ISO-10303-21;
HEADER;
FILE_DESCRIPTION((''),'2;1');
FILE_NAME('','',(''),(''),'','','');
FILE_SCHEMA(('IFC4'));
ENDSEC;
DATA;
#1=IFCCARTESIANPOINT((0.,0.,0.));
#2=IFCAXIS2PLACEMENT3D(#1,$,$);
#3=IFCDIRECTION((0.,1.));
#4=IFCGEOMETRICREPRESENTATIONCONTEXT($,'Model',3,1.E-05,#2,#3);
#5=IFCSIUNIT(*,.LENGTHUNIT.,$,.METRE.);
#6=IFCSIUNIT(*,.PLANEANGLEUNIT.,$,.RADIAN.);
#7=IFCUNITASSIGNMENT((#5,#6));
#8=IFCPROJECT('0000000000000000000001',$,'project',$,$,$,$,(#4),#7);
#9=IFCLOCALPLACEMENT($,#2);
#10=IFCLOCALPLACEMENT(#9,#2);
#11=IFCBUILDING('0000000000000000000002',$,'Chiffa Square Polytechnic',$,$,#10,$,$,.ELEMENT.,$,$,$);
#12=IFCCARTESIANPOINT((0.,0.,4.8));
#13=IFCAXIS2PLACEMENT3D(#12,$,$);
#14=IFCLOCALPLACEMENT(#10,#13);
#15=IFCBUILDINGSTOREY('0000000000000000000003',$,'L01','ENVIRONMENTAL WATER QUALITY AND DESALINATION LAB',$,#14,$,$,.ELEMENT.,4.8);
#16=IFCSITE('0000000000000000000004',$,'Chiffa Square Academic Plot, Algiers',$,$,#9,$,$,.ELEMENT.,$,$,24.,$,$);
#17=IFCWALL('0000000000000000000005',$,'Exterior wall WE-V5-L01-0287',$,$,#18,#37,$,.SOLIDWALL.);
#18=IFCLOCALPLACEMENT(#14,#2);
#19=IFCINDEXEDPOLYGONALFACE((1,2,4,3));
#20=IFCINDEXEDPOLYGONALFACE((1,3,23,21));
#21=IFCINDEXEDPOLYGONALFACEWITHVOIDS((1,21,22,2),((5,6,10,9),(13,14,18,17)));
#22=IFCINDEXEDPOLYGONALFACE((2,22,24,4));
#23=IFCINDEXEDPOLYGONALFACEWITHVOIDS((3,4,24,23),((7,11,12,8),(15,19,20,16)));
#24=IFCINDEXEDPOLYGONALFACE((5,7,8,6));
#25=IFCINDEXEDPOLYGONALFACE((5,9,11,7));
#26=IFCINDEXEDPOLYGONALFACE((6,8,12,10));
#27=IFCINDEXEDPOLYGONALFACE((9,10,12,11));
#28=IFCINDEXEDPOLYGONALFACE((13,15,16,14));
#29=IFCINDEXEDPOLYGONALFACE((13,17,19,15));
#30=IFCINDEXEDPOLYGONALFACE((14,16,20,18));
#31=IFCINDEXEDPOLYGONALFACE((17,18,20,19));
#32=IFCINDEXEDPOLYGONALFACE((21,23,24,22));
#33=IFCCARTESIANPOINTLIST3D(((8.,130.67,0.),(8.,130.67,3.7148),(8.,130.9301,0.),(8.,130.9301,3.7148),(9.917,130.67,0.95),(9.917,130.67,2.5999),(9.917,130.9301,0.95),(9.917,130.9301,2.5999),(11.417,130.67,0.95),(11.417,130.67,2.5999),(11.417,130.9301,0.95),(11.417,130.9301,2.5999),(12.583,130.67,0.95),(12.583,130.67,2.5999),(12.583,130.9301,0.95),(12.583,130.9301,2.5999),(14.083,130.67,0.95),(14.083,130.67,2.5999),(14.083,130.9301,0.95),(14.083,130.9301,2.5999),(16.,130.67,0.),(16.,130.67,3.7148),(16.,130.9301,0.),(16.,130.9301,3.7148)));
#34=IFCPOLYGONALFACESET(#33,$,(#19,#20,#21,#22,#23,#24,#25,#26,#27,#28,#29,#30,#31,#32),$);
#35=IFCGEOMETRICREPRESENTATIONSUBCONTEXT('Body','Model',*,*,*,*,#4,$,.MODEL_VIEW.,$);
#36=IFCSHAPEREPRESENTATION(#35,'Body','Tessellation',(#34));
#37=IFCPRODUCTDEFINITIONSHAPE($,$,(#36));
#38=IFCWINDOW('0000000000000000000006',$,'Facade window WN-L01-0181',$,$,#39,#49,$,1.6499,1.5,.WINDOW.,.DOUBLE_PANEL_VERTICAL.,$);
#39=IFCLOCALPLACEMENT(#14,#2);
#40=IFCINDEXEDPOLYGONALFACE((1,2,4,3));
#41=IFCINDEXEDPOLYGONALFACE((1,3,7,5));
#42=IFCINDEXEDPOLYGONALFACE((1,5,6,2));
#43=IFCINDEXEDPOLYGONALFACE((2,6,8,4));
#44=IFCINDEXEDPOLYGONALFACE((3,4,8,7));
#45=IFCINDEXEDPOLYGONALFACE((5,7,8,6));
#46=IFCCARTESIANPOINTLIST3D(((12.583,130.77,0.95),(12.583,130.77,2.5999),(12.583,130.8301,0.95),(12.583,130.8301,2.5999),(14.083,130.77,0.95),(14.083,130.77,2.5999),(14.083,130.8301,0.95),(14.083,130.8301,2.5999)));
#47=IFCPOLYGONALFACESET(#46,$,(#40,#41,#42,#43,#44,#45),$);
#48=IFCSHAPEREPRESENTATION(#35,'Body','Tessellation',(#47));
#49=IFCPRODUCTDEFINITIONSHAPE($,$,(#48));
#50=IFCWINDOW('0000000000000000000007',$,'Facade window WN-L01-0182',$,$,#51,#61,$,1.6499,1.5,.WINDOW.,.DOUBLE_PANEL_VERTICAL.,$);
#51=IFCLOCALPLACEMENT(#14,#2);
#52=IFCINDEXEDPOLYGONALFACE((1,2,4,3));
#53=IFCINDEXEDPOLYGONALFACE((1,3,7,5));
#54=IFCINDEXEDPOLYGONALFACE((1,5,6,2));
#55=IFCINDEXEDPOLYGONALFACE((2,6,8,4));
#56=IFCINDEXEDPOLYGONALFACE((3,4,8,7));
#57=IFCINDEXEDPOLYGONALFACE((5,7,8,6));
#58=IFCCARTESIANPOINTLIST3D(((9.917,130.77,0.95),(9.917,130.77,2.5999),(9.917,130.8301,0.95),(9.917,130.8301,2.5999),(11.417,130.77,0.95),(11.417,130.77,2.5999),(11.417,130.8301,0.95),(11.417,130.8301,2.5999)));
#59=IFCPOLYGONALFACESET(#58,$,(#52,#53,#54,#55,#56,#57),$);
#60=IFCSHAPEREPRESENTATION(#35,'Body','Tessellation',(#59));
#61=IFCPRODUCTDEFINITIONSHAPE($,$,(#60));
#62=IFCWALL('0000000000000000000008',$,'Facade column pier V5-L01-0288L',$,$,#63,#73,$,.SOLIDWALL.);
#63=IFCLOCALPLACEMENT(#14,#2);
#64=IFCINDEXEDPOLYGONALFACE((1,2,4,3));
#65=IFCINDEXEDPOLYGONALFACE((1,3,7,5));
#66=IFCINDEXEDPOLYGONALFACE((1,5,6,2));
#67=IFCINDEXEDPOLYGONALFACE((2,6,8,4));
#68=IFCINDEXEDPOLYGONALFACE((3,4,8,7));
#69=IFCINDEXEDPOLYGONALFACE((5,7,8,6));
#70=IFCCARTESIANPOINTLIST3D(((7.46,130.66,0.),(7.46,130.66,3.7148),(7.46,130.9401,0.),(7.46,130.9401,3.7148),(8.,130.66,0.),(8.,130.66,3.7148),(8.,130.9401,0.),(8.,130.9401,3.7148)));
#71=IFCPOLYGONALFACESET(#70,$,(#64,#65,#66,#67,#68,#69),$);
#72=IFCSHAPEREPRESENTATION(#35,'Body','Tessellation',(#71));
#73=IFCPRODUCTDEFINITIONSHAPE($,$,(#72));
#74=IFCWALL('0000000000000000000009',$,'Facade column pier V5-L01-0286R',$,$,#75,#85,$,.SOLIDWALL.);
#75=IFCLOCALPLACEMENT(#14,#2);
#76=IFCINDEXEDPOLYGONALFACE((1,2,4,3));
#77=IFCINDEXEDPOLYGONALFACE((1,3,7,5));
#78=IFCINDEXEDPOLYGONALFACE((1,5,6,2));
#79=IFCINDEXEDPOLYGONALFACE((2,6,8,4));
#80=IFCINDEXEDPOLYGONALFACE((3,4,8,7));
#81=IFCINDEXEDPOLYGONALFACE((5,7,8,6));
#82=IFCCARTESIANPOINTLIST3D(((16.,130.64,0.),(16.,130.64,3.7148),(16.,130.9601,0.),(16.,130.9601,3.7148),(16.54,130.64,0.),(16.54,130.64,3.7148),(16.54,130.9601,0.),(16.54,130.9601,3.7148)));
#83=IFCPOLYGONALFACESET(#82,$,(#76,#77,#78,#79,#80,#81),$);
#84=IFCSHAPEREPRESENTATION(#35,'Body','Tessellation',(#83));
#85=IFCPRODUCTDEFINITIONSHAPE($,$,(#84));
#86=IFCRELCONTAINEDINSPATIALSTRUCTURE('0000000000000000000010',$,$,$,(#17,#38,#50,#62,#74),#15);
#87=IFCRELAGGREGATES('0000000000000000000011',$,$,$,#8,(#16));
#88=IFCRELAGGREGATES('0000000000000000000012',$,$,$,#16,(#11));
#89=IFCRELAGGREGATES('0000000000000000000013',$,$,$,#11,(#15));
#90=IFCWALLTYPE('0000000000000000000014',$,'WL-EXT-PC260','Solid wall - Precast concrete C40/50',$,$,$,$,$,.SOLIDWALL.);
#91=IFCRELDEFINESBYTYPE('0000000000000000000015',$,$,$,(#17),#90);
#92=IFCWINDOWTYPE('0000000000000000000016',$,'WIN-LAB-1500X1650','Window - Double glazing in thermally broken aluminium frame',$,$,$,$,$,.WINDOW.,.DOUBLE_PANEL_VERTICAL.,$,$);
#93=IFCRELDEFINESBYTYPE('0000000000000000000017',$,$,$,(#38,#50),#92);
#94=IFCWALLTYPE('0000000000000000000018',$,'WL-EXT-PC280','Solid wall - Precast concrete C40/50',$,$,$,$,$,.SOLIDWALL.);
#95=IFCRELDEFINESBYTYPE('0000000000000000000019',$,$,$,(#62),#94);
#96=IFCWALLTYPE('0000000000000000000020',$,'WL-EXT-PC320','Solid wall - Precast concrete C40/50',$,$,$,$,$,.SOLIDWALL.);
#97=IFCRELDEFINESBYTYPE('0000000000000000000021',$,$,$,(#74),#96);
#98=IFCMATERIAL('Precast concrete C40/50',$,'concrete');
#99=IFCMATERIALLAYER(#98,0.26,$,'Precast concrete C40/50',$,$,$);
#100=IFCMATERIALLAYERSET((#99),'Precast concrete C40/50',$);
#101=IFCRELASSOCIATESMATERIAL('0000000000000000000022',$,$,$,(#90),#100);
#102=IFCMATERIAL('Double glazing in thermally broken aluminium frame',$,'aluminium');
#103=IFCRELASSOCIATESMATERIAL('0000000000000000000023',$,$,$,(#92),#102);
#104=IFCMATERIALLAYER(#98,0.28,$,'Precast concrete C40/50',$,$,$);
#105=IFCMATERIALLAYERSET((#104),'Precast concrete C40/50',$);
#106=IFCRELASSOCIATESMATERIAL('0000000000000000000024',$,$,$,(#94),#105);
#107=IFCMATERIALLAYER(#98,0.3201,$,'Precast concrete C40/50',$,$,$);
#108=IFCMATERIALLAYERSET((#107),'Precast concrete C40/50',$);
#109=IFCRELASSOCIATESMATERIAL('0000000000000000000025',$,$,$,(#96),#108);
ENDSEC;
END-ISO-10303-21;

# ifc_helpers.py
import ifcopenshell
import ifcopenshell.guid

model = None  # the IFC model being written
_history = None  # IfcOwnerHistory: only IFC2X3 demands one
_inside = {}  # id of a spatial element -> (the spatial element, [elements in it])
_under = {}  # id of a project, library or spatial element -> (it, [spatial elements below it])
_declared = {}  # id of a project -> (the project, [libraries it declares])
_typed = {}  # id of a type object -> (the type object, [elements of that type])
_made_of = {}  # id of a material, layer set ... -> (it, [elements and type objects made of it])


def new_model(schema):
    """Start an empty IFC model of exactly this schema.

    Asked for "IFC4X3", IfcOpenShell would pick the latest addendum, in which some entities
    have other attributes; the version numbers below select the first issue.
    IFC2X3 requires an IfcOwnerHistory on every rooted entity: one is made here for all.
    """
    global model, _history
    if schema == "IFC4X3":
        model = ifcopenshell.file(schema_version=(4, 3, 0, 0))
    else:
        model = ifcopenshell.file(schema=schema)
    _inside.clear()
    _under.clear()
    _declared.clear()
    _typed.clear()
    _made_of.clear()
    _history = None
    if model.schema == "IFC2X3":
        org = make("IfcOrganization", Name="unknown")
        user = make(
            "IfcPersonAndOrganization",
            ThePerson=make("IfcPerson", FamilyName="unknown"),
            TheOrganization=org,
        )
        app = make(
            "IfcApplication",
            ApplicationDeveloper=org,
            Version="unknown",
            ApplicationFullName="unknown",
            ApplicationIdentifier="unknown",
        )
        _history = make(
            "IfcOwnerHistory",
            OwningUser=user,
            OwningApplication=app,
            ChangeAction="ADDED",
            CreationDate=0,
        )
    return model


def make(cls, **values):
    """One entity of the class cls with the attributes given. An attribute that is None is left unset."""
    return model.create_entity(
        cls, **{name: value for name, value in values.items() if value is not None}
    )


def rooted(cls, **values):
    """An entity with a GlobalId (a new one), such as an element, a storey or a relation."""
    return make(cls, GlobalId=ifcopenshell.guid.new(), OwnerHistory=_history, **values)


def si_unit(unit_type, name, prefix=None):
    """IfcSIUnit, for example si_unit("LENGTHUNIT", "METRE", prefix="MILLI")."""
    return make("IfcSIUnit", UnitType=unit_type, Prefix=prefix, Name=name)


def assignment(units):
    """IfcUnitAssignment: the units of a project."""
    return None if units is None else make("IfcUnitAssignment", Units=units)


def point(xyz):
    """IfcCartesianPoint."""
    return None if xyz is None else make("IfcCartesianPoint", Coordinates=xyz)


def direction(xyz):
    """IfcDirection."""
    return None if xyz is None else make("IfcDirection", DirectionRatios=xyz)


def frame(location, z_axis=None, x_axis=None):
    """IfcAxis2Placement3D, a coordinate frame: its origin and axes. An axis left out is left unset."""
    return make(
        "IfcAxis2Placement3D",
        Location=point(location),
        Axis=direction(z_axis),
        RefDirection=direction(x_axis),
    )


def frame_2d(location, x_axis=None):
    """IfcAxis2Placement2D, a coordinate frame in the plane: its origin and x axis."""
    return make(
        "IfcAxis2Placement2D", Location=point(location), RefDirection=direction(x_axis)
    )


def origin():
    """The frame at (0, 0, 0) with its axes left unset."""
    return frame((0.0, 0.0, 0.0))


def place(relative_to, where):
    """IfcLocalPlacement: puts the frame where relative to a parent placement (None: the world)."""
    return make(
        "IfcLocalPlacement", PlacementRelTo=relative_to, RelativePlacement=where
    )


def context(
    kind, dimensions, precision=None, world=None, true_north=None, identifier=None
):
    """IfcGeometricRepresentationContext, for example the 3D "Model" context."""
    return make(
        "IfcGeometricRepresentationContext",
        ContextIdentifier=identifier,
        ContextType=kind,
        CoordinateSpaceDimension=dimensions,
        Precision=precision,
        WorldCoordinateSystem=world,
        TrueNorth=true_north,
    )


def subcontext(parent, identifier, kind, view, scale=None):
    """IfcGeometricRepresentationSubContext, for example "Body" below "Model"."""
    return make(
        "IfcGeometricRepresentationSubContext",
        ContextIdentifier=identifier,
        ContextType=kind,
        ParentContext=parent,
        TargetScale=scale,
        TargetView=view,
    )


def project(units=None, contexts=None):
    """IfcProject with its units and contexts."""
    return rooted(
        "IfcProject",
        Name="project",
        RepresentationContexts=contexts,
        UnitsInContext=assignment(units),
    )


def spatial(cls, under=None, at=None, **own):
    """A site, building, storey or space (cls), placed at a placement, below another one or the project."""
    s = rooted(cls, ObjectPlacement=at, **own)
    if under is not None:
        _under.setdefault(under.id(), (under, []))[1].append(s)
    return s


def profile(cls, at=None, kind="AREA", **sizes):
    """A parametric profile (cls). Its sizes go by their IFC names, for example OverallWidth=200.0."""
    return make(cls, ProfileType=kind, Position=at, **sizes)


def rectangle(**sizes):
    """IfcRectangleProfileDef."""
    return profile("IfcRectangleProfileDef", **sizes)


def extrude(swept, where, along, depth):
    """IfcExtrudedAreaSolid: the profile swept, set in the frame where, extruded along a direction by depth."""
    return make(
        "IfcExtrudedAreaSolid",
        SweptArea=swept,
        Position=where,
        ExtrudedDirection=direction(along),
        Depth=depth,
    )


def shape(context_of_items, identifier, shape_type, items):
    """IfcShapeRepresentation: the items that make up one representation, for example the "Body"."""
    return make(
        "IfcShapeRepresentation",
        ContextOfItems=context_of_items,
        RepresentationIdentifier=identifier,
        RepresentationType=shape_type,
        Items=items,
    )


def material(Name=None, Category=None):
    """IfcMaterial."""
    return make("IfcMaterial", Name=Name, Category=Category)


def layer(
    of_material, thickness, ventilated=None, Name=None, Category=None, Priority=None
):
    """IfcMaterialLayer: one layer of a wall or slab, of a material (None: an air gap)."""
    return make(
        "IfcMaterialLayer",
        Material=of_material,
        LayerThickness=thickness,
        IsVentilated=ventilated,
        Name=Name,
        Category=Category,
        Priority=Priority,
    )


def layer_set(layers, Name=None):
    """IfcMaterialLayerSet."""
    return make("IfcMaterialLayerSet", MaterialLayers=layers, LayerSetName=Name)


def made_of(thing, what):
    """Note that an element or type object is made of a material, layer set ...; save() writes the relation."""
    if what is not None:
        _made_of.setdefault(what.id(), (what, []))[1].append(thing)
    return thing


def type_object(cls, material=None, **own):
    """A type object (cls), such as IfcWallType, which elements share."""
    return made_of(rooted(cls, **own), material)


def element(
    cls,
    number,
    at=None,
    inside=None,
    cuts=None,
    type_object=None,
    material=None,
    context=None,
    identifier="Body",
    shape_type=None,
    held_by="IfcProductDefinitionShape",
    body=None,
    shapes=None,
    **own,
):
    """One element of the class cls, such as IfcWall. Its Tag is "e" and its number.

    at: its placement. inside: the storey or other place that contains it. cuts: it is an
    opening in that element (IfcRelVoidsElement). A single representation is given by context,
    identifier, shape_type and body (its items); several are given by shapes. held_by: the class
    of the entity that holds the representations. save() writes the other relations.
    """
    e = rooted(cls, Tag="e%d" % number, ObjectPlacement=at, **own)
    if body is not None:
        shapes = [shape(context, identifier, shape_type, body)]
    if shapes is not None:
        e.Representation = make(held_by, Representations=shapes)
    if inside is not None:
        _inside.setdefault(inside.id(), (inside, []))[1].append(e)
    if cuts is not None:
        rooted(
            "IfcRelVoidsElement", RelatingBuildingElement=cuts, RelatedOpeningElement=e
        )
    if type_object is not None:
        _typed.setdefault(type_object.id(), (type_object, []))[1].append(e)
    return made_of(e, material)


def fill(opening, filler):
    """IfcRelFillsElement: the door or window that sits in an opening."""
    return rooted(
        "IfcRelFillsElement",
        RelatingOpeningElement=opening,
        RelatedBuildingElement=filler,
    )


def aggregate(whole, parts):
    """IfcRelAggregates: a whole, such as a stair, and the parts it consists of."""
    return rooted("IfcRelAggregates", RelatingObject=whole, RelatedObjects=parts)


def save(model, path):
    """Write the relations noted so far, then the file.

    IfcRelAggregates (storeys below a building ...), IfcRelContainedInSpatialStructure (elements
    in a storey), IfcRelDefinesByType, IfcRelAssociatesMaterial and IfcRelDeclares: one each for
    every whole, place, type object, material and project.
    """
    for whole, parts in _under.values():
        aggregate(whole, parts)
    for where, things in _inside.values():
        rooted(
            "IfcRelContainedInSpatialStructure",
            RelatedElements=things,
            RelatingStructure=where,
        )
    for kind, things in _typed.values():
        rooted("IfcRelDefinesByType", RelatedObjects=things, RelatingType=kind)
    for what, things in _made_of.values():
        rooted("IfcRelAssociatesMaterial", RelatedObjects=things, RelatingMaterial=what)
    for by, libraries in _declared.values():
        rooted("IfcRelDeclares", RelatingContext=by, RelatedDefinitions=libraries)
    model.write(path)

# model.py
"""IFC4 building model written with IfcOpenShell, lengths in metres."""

from ifc_helpers import new_model, si_unit, direction, frame, frame_2d, origin, place, context, subcontext, project, spatial, rectangle, extrude, material, layer, layer_set, type_object, element, fill, save


model = new_model("IFC4")

# Units and contexts
model_context = context("Model", 3, precision=1e-05, world=origin(), true_north=direction((0.0, 1.0)))
body_context = subcontext(model_context, "Body", "Model", "MODEL_VIEW")
ifc_project = project(units=[si_unit("LENGTHUNIT", "METRE"), si_unit("PLANEANGLEUNIT", "RADIAN")], contexts=[model_context])

# Site, building, storey
site_placement = place(None, origin())
site = spatial("IfcSite", under=ifc_project, at=site_placement, Name="Chiffa Square Academic Plot, Algiers", CompositionType="ELEMENT", RefElevation=24.0)
building_placement = place(site_placement, origin())
building = spatial("IfcBuilding", under=site, at=building_placement, Name="Chiffa Square Polytechnic", CompositionType="ELEMENT")
storey_placement = place(building_placement, frame((0.0, 0.0, 4.8)))
storey = spatial("IfcBuildingStorey", under=building, at=storey_placement, Name="L01", Description="ENVIRONMENTAL WATER QUALITY AND DESALINATION LAB", CompositionType="ELEMENT", Elevation=4.8)

# Wall, openings, windows
ifc_material_1 = material(Name="Precast concrete C40/50", Category="concrete")
ifc_layer_1 = layer(ifc_material_1, 0.26, Name="Precast concrete C40/50")
ifc_layer_set_1 = layer_set([ifc_layer_1], Name="Precast concrete C40/50")
wall_type_1 = type_object("IfcWallType", Name="WL-EXT-PC260", Description="Solid wall - Precast concrete C40/50", PredefinedType="SOLIDWALL", material=ifc_layer_set_1)
wall_1_placement = place(storey_placement, frame((16.0, 130.8, 0.0), z_axis=(0.0, 0.0, 1.0), x_axis=(-1.0, 0.0, 0.0)))
wall_1 = element("IfcWall", 1, at=wall_1_placement, inside=storey, type_object=wall_type_1, Name="Exterior wall WE-V5-L01-0287", PredefinedType="SOLIDWALL", context=body_context, shape_type="SweptSolid", body=[
    extrude(rectangle(XDim=8.0, YDim=0.26, at=frame_2d((4.0, 0.0))), origin(), (0.0, 0.0, 1.0), 3.7148),
])
opening_1_placement = place(wall_1_placement, frame((1.917, 0.0, 0.95)))
opening_1 = element("IfcOpeningElement", 2, at=opening_1_placement, cuts=wall_1, PredefinedType="OPENING", context=body_context, shape_type="SweptSolid", body=[
    extrude(rectangle(XDim=1.5, YDim=1.6499, at=frame_2d((0.75, 0.825))), frame((0.0, 0.1401, 0.0), z_axis=(0.0, -1.0, 0.0), x_axis=(1.0, 0.0, 0.0)), (0.0, 0.0, 1.0), 0.28),
])
opening_2_placement = place(wall_1_placement, frame((4.583, 0.0, 0.95)))
opening_2 = element("IfcOpeningElement", 3, at=opening_2_placement, cuts=wall_1, PredefinedType="OPENING", context=body_context, shape_type="SweptSolid", body=[
    extrude(rectangle(XDim=1.5, YDim=1.6499, at=frame_2d((0.75, 0.825))), frame((0.0, 0.1401, 0.0), z_axis=(0.0, -1.0, 0.0), x_axis=(1.0, 0.0, 0.0)), (0.0, 0.0, 1.0), 0.28),
])
ifc_material_2 = material(Name="Double glazing in thermally broken aluminium frame", Category="aluminium")
window_type = type_object("IfcWindowType", Name="WIN-LAB-1500X1650", Description="Window - Double glazing in thermally broken aluminium frame", PartitioningType="DOUBLE_PANEL_VERTICAL", PredefinedType="WINDOW", material=ifc_material_2)
window_1_placement = place(opening_1_placement, origin())
window_1 = element("IfcWindow", 4, at=window_1_placement, inside=storey, type_object=window_type, Name="Facade window WN-L01-0181", OverallHeight=1.6499, OverallWidth=1.5, PartitioningType="DOUBLE_PANEL_VERTICAL", PredefinedType="WINDOW", context=body_context, shape_type="SweptSolid", body=[
    extrude(rectangle(XDim=1.5, YDim=1.6499, at=frame_2d((0.75, 0.825))), frame((0.0, 0.03, 0.0), z_axis=(0.0, -1.0, 0.0), x_axis=(1.0, 0.0, 0.0)), (0.0, 0.0, 1.0), 0.0601),
])
fill(opening_1, window_1)
window_2_placement = place(opening_2_placement, origin())
window_2 = element("IfcWindow", 5, at=window_2_placement, inside=storey, type_object=window_type, Name="Facade window WN-L01-0182", OverallHeight=1.6499, OverallWidth=1.5, PartitioningType="DOUBLE_PANEL_VERTICAL", PredefinedType="WINDOW", context=body_context, shape_type="SweptSolid", body=[
    extrude(rectangle(XDim=1.5, YDim=1.6499, at=frame_2d((0.75, 0.825))), frame((0.0, 0.03, 0.0), z_axis=(0.0, -1.0, 0.0), x_axis=(1.0, 0.0, 0.0)), (0.0, 0.0, 1.0), 0.0601),
])
fill(opening_2, window_2)

# Walls
ifc_layer_2 = layer(ifc_material_1, 0.28, Name="Precast concrete C40/50")
ifc_layer_set_2 = layer_set([ifc_layer_2], Name="Precast concrete C40/50")
wall_type_2 = type_object("IfcWallType", Name="WL-EXT-PC280", Description="Solid wall - Precast concrete C40/50", PredefinedType="SOLIDWALL", material=ifc_layer_set_2)
wall_2_placement = place(storey_placement, frame((8.0, 130.8, 0.0), z_axis=(0.0, 0.0, 1.0), x_axis=(-1.0, 0.0, 0.0)))
element("IfcWall", 6, at=wall_2_placement, inside=storey, type_object=wall_type_2, Name="Facade column pier V5-L01-0288L", PredefinedType="SOLIDWALL", context=body_context, shape_type="SweptSolid", body=[
    extrude(rectangle(XDim=0.54, YDim=0.28, at=frame_2d((0.27, 0.0))), origin(), (0.0, 0.0, 1.0), 3.7148),
])
ifc_layer_3 = layer(ifc_material_1, 0.3201, Name="Precast concrete C40/50")
ifc_layer_set_3 = layer_set([ifc_layer_3], Name="Precast concrete C40/50")
wall_type_3 = type_object("IfcWallType", Name="WL-EXT-PC320", Description="Solid wall - Precast concrete C40/50", PredefinedType="SOLIDWALL", material=ifc_layer_set_3)
wall_3_placement = place(storey_placement, frame((16.54, 130.8, 0.0), z_axis=(0.0, 0.0, 1.0), x_axis=(-1.0, 0.0, 0.0)))
element("IfcWall", 7, at=wall_3_placement, inside=storey, type_object=wall_type_3, Name="Facade column pier V5-L01-0286R", PredefinedType="SOLIDWALL", context=body_context, shape_type="SweptSolid", body=[
    extrude(rectangle(XDim=0.54, YDim=0.3201, at=frame_2d((0.27, 0.0))), origin(), (0.0, 0.0, 1.0), 3.7148),
])

save(model, "model.ifc")
